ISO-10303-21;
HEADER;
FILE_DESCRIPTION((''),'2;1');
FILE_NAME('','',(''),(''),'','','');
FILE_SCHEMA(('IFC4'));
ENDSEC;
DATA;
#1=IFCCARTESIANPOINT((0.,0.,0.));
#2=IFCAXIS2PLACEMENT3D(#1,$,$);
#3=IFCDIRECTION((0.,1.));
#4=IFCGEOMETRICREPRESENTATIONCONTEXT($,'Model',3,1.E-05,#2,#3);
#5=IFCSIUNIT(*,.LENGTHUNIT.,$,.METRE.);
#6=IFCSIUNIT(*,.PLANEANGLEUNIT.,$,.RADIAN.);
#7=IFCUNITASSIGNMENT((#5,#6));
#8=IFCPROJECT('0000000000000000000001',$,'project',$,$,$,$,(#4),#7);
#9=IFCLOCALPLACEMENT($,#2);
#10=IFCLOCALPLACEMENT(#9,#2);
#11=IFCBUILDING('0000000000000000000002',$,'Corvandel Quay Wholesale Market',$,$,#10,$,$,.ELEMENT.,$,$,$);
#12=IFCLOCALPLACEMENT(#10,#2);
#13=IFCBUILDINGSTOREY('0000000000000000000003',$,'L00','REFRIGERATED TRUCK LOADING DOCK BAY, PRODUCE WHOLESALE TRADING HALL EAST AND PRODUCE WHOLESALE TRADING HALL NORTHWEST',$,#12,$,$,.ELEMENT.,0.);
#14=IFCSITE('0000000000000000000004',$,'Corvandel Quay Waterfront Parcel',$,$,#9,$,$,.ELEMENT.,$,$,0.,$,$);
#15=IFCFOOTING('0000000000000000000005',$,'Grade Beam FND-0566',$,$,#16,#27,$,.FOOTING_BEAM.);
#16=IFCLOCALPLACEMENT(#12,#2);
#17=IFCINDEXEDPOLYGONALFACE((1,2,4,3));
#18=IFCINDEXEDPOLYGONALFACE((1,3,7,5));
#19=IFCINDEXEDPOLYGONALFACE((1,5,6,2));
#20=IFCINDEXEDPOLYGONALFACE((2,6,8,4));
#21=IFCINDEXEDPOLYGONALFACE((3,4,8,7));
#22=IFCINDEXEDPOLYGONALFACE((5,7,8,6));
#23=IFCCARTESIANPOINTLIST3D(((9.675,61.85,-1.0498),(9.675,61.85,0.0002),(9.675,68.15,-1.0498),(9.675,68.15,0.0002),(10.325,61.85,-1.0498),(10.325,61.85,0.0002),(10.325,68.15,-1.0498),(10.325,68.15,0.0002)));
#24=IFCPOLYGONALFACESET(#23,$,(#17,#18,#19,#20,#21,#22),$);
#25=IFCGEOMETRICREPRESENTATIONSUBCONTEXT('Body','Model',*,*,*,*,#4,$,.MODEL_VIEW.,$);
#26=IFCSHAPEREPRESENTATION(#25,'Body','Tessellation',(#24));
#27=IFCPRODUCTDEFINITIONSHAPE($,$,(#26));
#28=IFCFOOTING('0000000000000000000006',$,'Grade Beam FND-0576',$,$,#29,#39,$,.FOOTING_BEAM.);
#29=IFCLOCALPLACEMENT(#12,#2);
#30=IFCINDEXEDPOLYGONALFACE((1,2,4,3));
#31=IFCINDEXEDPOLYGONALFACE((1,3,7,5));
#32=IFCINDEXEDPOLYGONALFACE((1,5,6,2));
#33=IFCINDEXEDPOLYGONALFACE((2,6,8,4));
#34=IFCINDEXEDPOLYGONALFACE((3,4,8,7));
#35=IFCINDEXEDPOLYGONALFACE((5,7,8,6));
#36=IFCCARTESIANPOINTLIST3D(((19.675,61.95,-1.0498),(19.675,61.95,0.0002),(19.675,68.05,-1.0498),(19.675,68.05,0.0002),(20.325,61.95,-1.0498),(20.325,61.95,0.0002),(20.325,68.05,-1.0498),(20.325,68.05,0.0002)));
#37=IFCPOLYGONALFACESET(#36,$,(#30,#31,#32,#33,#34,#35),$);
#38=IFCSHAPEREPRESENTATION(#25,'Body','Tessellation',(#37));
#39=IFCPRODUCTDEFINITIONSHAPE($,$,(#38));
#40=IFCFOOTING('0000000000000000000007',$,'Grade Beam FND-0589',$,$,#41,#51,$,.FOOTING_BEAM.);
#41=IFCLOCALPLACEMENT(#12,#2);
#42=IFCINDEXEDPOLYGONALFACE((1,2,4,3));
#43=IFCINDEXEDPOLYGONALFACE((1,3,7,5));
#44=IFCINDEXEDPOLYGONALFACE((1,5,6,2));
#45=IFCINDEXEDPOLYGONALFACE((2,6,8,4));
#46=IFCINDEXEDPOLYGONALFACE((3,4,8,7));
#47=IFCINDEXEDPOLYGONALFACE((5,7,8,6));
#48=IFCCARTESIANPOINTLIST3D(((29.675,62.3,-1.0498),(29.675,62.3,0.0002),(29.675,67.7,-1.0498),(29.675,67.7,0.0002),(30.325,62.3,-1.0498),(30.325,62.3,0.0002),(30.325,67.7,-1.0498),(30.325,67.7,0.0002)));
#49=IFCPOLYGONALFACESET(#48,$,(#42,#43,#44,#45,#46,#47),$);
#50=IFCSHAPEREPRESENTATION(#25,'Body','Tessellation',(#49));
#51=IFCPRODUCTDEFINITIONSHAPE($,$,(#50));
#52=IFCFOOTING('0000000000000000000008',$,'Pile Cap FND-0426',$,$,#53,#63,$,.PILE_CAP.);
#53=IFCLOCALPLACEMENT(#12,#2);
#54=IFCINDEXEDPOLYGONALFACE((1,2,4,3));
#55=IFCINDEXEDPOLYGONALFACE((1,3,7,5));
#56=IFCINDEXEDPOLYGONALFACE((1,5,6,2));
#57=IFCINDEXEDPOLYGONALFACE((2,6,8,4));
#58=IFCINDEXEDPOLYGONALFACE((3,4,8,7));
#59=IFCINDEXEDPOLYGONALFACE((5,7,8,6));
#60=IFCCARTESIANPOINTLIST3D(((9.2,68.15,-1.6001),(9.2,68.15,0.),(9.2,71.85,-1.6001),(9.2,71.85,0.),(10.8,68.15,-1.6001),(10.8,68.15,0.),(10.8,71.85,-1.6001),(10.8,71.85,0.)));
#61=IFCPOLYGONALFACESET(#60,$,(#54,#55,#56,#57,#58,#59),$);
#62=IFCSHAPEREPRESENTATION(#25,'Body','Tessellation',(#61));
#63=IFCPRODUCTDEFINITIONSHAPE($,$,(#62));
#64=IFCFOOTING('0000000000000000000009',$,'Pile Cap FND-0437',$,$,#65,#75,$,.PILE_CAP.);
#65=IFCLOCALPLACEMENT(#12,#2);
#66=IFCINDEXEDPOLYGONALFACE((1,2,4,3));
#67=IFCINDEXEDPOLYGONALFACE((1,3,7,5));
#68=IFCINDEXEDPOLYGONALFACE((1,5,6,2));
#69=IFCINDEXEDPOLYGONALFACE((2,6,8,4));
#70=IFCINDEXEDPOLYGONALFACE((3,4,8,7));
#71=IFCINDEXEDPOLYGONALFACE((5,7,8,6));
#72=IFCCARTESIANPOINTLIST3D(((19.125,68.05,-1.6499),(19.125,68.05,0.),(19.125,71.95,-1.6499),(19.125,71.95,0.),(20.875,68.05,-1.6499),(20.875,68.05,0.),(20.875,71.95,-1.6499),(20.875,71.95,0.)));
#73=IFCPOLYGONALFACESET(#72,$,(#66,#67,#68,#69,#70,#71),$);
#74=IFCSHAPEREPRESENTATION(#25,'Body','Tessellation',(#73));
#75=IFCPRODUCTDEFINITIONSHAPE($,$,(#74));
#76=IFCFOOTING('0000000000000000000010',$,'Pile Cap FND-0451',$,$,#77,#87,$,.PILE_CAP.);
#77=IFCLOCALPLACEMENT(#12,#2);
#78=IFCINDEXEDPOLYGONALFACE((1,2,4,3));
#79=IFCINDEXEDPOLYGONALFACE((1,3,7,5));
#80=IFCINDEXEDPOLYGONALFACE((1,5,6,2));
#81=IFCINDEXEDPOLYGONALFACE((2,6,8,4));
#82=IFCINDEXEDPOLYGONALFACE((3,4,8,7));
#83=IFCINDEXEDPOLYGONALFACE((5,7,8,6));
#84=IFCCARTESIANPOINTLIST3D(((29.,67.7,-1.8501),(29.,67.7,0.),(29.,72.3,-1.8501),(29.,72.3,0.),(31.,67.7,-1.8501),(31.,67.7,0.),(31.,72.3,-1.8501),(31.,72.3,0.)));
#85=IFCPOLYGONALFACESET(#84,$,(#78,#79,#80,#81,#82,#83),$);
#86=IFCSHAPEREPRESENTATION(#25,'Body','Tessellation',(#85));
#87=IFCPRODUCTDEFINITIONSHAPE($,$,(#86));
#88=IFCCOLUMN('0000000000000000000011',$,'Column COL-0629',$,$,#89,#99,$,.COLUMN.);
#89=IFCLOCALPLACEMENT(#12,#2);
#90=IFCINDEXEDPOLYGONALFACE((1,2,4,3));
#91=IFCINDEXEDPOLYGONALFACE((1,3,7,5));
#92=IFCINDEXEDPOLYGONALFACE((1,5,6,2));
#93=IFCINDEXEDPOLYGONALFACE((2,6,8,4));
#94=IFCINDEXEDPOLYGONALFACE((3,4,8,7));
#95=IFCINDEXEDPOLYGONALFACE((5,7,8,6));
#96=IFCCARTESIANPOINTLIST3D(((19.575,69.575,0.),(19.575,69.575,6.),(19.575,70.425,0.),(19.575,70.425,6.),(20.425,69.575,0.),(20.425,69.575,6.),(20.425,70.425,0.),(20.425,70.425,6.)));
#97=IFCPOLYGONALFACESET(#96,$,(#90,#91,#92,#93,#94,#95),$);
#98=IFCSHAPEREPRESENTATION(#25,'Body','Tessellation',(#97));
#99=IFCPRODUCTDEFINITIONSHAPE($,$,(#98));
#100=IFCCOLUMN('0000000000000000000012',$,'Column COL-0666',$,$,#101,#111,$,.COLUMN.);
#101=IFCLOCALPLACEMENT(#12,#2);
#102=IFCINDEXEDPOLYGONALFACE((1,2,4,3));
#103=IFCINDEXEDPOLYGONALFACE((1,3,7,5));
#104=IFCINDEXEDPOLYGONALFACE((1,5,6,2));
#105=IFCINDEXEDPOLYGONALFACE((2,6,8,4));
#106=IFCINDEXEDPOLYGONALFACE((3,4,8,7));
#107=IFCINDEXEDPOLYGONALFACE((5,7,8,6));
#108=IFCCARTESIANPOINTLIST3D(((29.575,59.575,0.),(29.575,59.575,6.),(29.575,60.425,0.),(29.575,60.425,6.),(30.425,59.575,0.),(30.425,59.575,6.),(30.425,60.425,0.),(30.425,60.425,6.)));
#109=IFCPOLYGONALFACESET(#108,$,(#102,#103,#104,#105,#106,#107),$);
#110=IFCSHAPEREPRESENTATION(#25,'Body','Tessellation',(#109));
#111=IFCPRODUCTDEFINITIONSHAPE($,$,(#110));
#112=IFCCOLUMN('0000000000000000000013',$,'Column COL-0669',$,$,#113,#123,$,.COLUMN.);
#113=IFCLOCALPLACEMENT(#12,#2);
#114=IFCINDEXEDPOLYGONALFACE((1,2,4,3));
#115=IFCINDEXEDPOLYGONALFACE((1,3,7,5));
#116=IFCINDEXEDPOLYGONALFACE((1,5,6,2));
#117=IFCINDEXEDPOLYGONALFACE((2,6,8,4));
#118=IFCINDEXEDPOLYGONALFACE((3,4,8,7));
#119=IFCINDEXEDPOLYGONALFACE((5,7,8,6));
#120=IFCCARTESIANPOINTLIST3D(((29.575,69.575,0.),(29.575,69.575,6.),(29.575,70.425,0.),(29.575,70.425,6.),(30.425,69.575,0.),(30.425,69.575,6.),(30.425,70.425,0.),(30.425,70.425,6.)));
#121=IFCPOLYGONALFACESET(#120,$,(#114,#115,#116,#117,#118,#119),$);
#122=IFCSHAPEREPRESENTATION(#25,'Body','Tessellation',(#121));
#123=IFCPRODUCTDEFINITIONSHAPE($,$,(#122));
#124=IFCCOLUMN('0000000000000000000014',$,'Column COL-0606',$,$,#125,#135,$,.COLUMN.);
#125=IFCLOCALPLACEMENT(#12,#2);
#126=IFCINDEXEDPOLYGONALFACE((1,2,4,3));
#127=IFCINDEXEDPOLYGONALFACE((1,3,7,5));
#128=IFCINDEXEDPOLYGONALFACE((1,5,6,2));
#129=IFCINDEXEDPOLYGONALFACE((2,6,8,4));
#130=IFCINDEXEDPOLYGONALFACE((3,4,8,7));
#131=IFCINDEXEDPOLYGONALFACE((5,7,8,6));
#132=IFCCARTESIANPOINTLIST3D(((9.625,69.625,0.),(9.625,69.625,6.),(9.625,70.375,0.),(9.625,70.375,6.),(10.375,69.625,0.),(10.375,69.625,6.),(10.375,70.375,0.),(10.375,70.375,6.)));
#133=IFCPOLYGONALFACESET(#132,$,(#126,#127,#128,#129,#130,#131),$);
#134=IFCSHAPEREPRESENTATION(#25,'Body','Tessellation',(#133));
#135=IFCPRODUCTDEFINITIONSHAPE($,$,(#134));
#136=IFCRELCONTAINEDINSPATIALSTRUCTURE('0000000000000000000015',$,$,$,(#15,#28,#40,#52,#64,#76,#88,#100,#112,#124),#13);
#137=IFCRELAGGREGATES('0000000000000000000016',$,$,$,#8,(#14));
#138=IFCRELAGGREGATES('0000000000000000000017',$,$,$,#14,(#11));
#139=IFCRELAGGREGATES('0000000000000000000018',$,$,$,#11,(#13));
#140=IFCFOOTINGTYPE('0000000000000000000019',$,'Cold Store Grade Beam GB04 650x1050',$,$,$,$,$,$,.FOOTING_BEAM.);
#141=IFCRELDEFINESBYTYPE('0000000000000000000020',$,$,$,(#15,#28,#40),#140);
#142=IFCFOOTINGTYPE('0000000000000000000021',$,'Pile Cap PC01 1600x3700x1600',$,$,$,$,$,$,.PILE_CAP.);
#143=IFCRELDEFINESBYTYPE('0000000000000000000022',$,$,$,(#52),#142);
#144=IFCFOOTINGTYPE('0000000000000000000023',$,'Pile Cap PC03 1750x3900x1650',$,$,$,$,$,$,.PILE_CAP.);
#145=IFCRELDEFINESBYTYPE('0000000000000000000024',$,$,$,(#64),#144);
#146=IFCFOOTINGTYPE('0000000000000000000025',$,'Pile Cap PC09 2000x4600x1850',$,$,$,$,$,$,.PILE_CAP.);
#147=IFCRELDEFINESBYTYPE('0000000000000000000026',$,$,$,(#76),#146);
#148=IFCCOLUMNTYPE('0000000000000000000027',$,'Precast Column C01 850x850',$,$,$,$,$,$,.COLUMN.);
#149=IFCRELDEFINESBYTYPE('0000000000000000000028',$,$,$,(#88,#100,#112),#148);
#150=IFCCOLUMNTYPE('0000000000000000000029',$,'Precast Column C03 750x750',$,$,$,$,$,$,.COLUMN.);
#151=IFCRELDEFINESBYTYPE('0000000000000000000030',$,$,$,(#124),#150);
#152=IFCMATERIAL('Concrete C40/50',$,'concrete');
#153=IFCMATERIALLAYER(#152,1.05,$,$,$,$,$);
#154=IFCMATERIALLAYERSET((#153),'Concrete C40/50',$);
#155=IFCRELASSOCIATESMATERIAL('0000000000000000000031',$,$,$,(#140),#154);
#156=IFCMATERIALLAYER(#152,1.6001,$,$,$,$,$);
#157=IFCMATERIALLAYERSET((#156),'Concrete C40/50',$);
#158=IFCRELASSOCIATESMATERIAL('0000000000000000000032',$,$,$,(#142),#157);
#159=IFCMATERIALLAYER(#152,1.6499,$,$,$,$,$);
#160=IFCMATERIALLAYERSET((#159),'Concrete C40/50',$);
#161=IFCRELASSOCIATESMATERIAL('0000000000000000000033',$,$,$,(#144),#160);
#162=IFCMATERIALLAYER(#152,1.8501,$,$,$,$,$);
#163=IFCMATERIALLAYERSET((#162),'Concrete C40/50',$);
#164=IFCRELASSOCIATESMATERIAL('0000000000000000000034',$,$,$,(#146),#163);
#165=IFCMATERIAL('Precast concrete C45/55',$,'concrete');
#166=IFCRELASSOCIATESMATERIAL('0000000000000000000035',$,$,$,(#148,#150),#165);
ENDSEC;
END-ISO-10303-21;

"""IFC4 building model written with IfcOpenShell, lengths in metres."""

from ifc_helpers import new_model, si_unit, direction, frame, origin, origin_2d, place, context, subcontext, project, spatial, rectangle, extrude, material, layer, layer_set, material_profile, profile_set, type_object, element, save


model = new_model("IFC4")

# Units and contexts
model_context = context("Model", 3, precision=1e-05, world=origin(), true_north=direction((0.0, 1.0)))
body_context = subcontext(model_context, "Body", "Model", "MODEL_VIEW")
ifc_project = project(units=[si_unit("LENGTHUNIT", "METRE"), si_unit("PLANEANGLEUNIT", "RADIAN")], contexts=[model_context])

# Site, building, storey
site_placement = place(None, origin())
site = spatial("IfcSite", under=ifc_project, at=site_placement, Name="Corvandel Quay Waterfront Parcel", CompositionType="ELEMENT", RefElevation=0.0)
building_placement = place(site_placement, origin())
building = spatial("IfcBuilding", under=site, at=building_placement, Name="Corvandel Quay Wholesale Market", CompositionType="ELEMENT")
storey_placement = place(building_placement, origin())
storey = spatial("IfcBuildingStorey", under=building, at=storey_placement, Name="L00", Description="REFRIGERATED TRUCK LOADING DOCK BAY, PRODUCE WHOLESALE TRADING HALL EAST AND PRODUCE WHOLESALE TRADING HALL NORTHWEST", CompositionType="ELEMENT", Elevation=0.0)

# Shared definitions
ifc_material_1 = material(Name="Concrete C40/50", Category="concrete")

# Footings
ifc_layer_1 = layer(ifc_material_1, 1.05)
ifc_layer_set_1 = layer_set([ifc_layer_1], Name="Concrete C40/50")
footing_type_1 = type_object("IfcFootingType", Name="Cold Store Grade Beam GB04 650x1050", PredefinedType="FOOTING_BEAM", material=ifc_layer_set_1)
footing_1_placement = place(storey_placement, frame((10.0, 65.0, -1.0498), z_axis=(0.0, 0.0, 1.0), x_axis=(0.0, 1.0, 0.0)))
element("IfcFooting", 1, at=footing_1_placement, inside=storey, type_object=footing_type_1, Name="Grade Beam FND-0566", PredefinedType="FOOTING_BEAM", context=body_context, shape_type="SweptSolid", body=[
    extrude(rectangle(XDim=6.3, YDim=0.6499, at=origin_2d()), origin(), (0.0, 0.0, 1.0), 1.05),
])
footing_2_placement = place(storey_placement, frame((20.0, 65.0, -1.0498), z_axis=(0.0, 0.0, 1.0), x_axis=(0.0, 1.0, 0.0)))
element("IfcFooting", 2, at=footing_2_placement, inside=storey, type_object=footing_type_1, Name="Grade Beam FND-0576", PredefinedType="FOOTING_BEAM", context=body_context, shape_type="SweptSolid", body=[
    extrude(rectangle(XDim=6.1001, YDim=0.6499, at=origin_2d()), origin(), (0.0, 0.0, 1.0), 1.05),
])
footing_3_placement = place(storey_placement, frame((30.0, 65.0, -1.0498), z_axis=(0.0, 0.0, 1.0), x_axis=(0.0, 1.0, 0.0)))
element("IfcFooting", 3, at=footing_3_placement, inside=storey, type_object=footing_type_1, Name="Grade Beam FND-0589", PredefinedType="FOOTING_BEAM", context=body_context, shape_type="SweptSolid", body=[
    extrude(rectangle(XDim=5.3999, YDim=0.6499, at=origin_2d()), origin(), (0.0, 0.0, 1.0), 1.05),
])
ifc_layer_2 = layer(ifc_material_1, 1.6001)
ifc_layer_set_2 = layer_set([ifc_layer_2], Name="Concrete C40/50")
footing_type_2 = type_object("IfcFootingType", Name="Pile Cap PC01 1600x3700x1600", PredefinedType="PILE_CAP", material=ifc_layer_set_2)
footing_4_placement = place(storey_placement, frame((10.0, 70.0, -1.6001), z_axis=(0.0, 0.0, 1.0), x_axis=(1.0, 0.0, 0.0)))
element("IfcFooting", 4, at=footing_4_placement, inside=storey, type_object=footing_type_2, Name="Pile Cap FND-0426", PredefinedType="PILE_CAP", context=body_context, shape_type="SweptSolid", body=[
    extrude(rectangle(XDim=1.6001, YDim=3.7, at=origin_2d()), origin(), (0.0, 0.0, 1.0), 1.6001),
])
ifc_layer_3 = layer(ifc_material_1, 1.6499)
ifc_layer_set_3 = layer_set([ifc_layer_3], Name="Concrete C40/50")
footing_type_3 = type_object("IfcFootingType", Name="Pile Cap PC03 1750x3900x1650", PredefinedType="PILE_CAP", material=ifc_layer_set_3)
footing_5_placement = place(storey_placement, frame((20.0, 70.0, -1.6499), z_axis=(0.0, 0.0, 1.0), x_axis=(1.0, 0.0, 0.0)))
element("IfcFooting", 5, at=footing_5_placement, inside=storey, type_object=footing_type_3, Name="Pile Cap FND-0437", PredefinedType="PILE_CAP", context=body_context, shape_type="SweptSolid", body=[
    extrude(rectangle(XDim=1.75, YDim=3.8999, at=origin_2d()), origin(), (0.0, 0.0, 1.0), 1.6499),
])
ifc_layer_4 = layer(ifc_material_1, 1.8501)
ifc_layer_set_4 = layer_set([ifc_layer_4], Name="Concrete C40/50")
footing_type_4 = type_object("IfcFootingType", Name="Pile Cap PC09 2000x4600x1850", PredefinedType="PILE_CAP", material=ifc_layer_set_4)
footing_6_placement = place(storey_placement, frame((30.0, 70.0, -1.8501), z_axis=(0.0, 0.0, 1.0), x_axis=(1.0, 0.0, 0.0)))
element("IfcFooting", 6, at=footing_6_placement, inside=storey, type_object=footing_type_4, Name="Pile Cap FND-0451", PredefinedType="PILE_CAP", context=body_context, shape_type="SweptSolid", body=[
    extrude(rectangle(XDim=2.0, YDim=4.6001, at=origin_2d()), origin(), (0.0, 0.0, 1.0), 1.8501),
])

# Columns
ifc_material_2 = material(Name="Precast concrete C45/55", Category="concrete")
ifc_material_profile_1 = material_profile(ifc_material_2, rectangle(XDim=0.8501, YDim=0.8501, at=origin_2d()), Name="PC-COL-850x850")
ifc_profile_set_1 = profile_set([ifc_material_profile_1], Name="Precast concrete C45/55")
column_type_1 = type_object("IfcColumnType", Name="Precast Column C01 850x850", PredefinedType="COLUMN", material=ifc_profile_set_1)
for number, where, z_axis, x_axis, name in (
    (7, (20.0, 70.0, 0.0), (0.0, 0.0, 1.0), (1.0, 0.0, 0.0), "Column COL-0629"),
    (8, (30.0, 60.0, 0.0), (0.0, 0.0, 1.0), (1.0, 0.0, 0.0), "Column COL-0666"),
    (9, (30.0, 70.0, 0.0), (0.0, 0.0, 1.0), (1.0, 0.0, 0.0), "Column COL-0669"),
):
    element("IfcColumn", number, at=place(storey_placement, frame(where, z_axis=z_axis, x_axis=x_axis)), inside=storey, type_object=column_type_1, Name=name, PredefinedType="COLUMN", context=body_context, shape_type="SweptSolid", body=[
        extrude(rectangle(XDim=0.8501, YDim=0.8501, at=origin_2d()), origin(), (0.0, 0.0, 1.0), 6.0),
    ])
ifc_material_profile_2 = material_profile(ifc_material_2, rectangle(XDim=0.75, YDim=0.75, at=origin_2d()), Name="PC-COL-750x750")
ifc_profile_set_2 = profile_set([ifc_material_profile_2], Name="Precast concrete C45/55")
column_type_2 = type_object("IfcColumnType", Name="Precast Column C03 750x750", PredefinedType="COLUMN", material=ifc_profile_set_2)
column_placement = place(storey_placement, frame((10.0, 70.0, 0.0), z_axis=(0.0, 0.0, 1.0), x_axis=(1.0, 0.0, 0.0)))
element("IfcColumn", 10, at=column_placement, inside=storey, type_object=column_type_2, Name="Column COL-0606", PredefinedType="COLUMN", context=body_context, shape_type="SweptSolid", body=[
    extrude(rectangle(XDim=0.75, YDim=0.75, at=origin_2d()), origin(), (0.0, 0.0, 1.0), 6.0),
])

save(model, "model.ifc")
